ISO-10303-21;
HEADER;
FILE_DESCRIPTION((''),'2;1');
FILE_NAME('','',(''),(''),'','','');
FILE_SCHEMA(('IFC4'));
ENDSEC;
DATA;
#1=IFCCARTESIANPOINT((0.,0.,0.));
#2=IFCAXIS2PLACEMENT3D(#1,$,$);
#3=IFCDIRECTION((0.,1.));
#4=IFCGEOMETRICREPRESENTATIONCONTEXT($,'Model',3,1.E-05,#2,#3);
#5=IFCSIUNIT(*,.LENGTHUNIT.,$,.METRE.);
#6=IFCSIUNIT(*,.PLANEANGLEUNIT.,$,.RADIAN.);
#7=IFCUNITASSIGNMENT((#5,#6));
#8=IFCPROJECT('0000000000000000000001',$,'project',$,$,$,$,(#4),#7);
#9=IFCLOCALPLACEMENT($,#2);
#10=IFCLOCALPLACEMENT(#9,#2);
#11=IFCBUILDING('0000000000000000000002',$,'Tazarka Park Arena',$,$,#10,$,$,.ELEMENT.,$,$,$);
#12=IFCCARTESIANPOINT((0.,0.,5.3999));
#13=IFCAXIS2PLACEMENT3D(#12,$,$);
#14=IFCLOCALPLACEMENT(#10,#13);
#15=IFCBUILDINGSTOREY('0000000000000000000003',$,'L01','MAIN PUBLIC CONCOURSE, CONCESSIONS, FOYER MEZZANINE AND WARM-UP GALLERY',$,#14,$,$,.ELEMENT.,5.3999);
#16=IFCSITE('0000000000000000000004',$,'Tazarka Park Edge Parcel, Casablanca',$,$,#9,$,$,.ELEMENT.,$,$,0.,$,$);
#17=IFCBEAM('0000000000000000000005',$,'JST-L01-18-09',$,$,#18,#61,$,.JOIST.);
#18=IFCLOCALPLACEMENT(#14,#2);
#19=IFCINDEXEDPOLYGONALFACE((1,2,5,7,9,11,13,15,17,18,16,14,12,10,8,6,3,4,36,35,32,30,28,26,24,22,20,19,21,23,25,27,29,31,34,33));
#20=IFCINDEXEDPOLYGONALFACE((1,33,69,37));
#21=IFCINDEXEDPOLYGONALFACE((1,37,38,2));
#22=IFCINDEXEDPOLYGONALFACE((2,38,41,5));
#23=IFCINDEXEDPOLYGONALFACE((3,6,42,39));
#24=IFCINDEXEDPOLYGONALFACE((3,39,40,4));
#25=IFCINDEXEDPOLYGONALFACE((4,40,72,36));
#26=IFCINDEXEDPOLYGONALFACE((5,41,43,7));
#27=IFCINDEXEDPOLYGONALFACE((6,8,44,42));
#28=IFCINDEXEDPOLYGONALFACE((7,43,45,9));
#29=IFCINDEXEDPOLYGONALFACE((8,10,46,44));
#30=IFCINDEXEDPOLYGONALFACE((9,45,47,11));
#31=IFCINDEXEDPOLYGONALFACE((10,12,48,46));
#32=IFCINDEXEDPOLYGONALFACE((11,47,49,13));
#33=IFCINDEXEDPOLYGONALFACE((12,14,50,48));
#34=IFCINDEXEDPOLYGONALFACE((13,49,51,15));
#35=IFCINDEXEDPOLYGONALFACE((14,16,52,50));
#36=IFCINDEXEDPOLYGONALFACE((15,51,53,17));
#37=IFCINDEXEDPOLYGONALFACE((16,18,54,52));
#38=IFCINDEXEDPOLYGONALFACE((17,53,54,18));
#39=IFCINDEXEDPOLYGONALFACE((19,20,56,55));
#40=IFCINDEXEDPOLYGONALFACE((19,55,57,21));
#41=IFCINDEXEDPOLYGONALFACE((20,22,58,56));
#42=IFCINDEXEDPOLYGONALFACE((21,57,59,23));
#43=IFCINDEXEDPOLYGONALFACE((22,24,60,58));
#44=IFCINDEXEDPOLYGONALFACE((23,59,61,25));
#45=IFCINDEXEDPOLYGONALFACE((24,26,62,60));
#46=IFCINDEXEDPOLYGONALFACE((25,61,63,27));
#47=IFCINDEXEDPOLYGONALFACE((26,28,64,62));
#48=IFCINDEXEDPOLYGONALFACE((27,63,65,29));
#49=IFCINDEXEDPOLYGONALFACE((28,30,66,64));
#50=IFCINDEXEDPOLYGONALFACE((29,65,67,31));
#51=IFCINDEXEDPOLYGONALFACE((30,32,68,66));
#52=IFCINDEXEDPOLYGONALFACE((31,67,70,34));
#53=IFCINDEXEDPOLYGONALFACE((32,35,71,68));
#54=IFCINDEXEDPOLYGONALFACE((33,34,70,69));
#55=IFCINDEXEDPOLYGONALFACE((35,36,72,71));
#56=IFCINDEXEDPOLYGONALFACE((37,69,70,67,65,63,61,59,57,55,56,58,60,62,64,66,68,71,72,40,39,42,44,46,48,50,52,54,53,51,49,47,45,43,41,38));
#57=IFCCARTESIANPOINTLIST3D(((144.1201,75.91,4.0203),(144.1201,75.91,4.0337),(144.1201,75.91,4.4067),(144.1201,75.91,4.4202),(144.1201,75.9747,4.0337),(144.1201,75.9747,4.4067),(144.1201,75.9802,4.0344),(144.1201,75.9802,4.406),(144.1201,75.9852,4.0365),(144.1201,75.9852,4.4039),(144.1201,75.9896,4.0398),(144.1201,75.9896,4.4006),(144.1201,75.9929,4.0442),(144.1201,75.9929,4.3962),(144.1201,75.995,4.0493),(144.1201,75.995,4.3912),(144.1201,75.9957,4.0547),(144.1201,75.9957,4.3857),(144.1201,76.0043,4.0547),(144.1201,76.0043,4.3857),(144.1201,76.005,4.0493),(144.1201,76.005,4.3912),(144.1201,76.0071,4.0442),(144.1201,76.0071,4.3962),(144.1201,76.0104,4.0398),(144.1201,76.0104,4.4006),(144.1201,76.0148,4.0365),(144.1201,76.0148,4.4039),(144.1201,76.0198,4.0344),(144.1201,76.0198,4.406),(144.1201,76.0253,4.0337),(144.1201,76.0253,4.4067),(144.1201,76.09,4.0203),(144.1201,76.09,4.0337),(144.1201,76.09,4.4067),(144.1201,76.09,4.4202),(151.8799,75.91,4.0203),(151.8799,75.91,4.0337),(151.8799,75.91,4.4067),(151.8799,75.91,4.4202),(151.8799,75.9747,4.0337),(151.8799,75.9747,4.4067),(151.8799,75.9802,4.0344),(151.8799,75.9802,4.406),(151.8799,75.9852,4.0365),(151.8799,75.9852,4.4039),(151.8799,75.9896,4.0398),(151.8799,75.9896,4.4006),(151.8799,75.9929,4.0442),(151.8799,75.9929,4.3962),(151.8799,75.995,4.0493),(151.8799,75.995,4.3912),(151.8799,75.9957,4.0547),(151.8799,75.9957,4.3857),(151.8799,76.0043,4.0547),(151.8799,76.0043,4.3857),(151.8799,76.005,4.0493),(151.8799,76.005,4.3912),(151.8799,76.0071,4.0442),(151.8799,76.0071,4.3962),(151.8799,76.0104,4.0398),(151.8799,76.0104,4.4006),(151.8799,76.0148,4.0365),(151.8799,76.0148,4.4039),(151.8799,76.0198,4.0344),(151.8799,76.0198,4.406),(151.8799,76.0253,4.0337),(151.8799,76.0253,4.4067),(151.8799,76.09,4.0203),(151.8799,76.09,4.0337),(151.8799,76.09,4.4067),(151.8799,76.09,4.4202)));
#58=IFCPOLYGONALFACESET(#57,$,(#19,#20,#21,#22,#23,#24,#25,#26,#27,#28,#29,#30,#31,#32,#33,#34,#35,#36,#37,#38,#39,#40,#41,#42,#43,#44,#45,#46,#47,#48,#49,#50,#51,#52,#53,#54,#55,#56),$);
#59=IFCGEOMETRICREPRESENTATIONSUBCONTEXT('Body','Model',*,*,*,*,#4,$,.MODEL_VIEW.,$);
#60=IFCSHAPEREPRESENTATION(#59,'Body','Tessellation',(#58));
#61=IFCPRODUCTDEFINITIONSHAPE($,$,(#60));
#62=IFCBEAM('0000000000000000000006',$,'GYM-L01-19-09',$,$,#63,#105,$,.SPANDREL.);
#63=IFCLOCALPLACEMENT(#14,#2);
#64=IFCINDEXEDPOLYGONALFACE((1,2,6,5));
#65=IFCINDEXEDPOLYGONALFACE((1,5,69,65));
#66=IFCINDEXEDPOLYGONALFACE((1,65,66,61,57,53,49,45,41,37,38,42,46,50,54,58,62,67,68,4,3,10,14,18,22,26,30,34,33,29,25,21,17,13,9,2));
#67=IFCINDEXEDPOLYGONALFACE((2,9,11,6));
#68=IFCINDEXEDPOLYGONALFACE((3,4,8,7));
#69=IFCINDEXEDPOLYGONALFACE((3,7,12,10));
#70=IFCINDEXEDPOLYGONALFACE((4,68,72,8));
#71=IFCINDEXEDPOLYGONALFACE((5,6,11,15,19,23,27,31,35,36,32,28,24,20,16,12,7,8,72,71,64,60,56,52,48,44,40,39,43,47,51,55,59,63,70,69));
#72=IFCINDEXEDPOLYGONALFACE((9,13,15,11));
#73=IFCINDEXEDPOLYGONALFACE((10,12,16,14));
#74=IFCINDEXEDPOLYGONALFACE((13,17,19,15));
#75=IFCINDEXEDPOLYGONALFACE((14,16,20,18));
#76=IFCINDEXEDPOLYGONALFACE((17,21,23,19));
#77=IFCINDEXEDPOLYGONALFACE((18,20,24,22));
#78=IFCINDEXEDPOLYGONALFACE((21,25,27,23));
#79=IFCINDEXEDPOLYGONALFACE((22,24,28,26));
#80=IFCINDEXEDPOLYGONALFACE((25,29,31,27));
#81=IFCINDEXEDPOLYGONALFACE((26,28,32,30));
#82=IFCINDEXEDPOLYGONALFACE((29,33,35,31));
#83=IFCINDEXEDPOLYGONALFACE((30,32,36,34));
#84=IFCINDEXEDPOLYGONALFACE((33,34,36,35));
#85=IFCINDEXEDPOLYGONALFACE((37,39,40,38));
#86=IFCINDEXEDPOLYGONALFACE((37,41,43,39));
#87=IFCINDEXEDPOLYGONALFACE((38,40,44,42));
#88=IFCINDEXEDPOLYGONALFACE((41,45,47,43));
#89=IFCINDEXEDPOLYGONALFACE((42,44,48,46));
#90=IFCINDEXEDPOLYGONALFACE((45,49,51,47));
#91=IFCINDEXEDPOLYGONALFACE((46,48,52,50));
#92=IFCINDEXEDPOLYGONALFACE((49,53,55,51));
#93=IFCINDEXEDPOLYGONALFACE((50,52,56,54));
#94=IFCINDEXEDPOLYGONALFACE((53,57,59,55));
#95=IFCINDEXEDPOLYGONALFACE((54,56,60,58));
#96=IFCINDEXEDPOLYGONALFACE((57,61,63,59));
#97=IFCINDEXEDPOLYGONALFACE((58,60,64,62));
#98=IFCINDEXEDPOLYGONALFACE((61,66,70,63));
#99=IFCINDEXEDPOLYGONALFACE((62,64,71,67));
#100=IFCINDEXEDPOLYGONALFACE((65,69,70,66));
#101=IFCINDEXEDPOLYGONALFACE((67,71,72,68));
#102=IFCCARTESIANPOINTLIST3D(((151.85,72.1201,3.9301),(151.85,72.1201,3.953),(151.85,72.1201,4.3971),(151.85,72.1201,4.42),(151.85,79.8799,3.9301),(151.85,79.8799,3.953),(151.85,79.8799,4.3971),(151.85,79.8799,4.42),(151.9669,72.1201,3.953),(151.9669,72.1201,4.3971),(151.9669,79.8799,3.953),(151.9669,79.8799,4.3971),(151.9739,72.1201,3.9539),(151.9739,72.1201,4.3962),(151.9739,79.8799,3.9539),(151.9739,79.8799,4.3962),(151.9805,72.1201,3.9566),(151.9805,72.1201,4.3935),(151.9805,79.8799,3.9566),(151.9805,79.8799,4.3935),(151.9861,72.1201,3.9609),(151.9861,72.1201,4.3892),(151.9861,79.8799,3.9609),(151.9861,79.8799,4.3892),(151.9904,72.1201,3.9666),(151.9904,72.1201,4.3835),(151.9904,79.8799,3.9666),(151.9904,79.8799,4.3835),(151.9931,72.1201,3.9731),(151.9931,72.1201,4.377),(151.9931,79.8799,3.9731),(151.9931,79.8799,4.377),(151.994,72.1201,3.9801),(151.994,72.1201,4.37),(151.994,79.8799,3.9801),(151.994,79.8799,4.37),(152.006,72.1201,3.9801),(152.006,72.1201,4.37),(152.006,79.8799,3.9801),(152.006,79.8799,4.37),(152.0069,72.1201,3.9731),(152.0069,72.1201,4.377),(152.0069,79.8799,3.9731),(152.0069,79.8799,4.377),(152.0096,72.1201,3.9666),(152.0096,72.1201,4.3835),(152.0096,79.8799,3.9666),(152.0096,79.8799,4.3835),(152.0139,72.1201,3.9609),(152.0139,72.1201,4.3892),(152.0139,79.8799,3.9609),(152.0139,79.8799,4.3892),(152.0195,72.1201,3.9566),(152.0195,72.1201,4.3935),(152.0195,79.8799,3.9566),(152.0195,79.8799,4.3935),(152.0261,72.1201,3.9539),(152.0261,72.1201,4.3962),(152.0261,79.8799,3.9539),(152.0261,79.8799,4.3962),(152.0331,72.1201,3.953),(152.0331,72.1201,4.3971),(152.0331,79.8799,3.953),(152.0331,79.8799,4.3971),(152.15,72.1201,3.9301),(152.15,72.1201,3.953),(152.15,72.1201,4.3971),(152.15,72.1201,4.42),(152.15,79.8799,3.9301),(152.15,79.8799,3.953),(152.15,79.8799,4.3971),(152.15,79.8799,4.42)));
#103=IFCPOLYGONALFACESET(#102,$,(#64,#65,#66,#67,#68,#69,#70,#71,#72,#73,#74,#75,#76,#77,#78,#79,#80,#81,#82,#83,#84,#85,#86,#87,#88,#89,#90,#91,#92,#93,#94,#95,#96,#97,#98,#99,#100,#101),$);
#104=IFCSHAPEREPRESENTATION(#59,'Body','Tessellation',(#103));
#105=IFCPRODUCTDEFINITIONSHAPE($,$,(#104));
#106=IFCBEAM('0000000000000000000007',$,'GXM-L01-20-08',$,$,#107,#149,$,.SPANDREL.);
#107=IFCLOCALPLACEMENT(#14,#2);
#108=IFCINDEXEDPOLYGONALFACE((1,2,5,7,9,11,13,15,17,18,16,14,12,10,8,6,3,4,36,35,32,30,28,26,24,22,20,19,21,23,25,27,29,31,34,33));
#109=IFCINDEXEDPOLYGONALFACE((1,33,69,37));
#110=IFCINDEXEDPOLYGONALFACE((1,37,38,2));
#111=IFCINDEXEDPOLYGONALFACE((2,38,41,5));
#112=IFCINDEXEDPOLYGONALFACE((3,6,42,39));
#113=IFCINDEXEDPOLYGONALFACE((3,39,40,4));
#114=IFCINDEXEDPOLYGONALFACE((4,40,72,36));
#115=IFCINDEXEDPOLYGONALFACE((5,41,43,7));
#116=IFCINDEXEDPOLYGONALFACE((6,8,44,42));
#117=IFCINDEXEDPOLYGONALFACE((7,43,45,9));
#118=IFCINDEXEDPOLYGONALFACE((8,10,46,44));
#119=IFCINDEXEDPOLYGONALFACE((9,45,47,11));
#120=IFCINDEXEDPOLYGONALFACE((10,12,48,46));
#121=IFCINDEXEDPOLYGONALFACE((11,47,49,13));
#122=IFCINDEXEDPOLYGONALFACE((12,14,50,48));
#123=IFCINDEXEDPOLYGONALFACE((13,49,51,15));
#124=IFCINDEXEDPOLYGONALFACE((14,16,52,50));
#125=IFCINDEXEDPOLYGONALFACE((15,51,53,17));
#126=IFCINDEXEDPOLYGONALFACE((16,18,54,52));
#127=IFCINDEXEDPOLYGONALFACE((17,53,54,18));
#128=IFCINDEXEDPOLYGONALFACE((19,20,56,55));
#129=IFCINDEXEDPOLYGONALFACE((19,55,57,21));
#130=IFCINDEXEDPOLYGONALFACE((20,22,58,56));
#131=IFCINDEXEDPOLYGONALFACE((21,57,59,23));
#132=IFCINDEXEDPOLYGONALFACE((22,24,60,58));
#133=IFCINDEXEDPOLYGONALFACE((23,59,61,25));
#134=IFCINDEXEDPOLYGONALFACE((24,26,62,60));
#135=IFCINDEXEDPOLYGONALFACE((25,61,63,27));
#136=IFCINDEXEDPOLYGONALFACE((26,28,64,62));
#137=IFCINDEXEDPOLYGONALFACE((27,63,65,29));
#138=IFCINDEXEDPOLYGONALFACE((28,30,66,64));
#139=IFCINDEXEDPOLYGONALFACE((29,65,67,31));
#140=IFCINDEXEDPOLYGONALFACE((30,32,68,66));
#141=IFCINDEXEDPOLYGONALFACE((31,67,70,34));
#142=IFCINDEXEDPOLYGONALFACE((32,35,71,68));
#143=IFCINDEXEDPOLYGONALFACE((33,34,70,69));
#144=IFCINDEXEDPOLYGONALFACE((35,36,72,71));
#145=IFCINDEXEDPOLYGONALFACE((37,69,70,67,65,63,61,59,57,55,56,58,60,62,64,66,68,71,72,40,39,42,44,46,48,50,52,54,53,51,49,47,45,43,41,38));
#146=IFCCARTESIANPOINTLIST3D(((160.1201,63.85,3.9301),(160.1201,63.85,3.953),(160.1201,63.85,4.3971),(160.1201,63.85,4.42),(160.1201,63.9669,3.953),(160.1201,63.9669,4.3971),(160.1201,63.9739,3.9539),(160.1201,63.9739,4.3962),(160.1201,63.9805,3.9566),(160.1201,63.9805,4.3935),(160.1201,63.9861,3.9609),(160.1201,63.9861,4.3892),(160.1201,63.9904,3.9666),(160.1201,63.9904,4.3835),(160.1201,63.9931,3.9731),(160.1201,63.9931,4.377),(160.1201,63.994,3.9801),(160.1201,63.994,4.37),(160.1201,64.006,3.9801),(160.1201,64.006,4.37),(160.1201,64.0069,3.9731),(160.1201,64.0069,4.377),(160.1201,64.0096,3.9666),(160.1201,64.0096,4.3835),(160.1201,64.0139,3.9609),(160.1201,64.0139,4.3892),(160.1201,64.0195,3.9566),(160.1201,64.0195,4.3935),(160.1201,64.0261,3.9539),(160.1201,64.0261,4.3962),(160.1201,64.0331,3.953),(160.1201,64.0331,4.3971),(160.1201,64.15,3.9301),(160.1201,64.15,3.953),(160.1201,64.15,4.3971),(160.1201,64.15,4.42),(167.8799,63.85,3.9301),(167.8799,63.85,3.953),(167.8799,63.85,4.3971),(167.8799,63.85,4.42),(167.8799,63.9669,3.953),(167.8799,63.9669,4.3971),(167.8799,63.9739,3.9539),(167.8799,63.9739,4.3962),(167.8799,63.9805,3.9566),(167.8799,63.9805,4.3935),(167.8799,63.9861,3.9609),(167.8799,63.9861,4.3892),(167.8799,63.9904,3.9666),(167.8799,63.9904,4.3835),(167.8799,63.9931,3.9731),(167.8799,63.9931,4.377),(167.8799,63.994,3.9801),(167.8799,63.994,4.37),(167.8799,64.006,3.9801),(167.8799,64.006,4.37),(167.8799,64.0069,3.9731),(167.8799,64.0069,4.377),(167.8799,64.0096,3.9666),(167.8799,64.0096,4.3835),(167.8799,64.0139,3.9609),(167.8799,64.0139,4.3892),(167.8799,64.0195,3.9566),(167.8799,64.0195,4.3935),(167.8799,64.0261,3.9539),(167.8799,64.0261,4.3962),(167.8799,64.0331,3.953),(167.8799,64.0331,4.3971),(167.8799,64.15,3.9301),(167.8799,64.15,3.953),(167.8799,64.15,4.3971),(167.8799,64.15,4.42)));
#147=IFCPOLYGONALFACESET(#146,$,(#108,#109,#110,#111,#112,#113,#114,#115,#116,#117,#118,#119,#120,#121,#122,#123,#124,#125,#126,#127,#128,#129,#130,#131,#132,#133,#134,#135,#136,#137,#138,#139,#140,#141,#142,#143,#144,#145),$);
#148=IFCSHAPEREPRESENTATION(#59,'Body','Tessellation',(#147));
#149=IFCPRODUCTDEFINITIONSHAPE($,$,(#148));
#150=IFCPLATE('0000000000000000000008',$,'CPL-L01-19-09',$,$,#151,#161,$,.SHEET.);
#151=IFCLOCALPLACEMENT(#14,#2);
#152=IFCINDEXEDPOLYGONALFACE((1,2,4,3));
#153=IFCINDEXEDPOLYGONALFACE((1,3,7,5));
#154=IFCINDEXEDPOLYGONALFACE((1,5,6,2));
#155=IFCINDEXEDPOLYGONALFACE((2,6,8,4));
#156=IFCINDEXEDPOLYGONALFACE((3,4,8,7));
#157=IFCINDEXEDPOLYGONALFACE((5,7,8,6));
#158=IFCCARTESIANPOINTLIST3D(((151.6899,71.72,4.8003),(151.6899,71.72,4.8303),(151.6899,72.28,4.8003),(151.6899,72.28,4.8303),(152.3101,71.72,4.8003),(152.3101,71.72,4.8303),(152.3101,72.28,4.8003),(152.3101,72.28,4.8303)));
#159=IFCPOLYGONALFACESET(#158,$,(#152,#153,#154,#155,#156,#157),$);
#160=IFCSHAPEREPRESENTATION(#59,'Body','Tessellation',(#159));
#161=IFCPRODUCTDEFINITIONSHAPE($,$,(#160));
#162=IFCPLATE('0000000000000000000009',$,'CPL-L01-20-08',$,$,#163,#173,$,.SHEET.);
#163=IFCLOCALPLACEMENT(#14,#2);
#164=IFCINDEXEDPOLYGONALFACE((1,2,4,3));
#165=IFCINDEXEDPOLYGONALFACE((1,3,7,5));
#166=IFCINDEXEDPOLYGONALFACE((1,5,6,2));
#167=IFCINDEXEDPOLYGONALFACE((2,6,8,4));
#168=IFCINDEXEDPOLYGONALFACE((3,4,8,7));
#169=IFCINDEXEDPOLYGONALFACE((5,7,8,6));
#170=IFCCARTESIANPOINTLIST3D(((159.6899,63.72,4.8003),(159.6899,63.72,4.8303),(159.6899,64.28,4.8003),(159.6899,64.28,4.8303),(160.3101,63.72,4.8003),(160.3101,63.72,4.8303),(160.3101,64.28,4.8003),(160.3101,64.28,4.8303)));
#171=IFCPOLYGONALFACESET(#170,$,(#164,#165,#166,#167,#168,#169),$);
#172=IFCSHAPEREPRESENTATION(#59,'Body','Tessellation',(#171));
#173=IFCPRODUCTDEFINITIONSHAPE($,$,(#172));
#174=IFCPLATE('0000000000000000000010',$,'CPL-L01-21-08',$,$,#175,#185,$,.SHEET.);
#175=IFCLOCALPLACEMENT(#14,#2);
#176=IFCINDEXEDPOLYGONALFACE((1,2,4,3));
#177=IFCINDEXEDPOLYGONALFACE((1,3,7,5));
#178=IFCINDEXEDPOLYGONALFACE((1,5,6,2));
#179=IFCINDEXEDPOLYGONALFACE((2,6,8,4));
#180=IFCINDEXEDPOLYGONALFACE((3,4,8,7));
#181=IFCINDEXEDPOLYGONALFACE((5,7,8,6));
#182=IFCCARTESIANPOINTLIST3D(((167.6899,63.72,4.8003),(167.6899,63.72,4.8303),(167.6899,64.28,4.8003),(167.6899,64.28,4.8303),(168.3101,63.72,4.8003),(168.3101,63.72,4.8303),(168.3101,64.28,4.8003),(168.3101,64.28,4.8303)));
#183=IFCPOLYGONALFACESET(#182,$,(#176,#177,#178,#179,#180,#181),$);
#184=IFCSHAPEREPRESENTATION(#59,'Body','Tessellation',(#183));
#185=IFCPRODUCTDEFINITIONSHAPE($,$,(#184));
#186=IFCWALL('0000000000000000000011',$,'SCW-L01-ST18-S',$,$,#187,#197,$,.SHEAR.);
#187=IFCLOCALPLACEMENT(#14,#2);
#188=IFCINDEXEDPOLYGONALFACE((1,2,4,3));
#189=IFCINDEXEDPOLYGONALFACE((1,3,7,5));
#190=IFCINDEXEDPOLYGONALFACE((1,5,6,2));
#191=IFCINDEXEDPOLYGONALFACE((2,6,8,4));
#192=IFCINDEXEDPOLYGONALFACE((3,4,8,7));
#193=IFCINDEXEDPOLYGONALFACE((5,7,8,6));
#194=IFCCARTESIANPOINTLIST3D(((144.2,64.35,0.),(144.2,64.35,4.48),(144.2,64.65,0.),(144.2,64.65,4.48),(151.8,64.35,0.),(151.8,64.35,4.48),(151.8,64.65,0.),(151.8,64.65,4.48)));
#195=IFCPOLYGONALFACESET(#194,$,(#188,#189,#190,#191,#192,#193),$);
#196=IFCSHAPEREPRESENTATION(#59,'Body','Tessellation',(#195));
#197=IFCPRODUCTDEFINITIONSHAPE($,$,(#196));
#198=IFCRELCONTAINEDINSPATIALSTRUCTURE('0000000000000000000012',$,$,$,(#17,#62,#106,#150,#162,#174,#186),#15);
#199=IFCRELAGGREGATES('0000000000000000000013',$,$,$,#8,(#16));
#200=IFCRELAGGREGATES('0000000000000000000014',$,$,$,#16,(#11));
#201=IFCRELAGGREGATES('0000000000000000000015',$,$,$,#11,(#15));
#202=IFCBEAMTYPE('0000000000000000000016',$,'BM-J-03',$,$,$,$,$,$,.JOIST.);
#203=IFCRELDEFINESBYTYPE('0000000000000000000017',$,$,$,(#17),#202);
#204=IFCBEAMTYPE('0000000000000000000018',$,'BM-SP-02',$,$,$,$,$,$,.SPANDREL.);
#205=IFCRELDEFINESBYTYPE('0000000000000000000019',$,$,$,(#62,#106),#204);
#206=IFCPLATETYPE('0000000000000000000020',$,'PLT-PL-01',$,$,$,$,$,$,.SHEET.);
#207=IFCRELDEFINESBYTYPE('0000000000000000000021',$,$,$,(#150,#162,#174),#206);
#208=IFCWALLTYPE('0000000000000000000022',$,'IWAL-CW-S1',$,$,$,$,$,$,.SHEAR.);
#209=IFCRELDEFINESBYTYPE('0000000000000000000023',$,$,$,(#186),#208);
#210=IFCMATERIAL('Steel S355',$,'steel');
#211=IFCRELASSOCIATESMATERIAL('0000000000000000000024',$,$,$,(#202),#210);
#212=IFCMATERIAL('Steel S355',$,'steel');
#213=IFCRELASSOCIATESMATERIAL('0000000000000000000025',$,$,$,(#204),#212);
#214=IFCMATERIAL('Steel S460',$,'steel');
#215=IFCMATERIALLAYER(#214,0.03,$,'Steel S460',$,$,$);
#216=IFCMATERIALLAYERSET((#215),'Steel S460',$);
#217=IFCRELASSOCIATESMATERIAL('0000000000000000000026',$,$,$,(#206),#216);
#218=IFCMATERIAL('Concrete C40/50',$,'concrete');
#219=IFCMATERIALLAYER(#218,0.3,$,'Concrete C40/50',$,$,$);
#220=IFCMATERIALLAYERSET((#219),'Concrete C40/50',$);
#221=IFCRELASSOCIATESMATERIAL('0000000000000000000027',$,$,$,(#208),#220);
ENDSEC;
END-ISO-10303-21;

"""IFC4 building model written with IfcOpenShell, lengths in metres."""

from ifc_helpers import new_model, si_unit, direction, frame, frame_2d, origin, origin_2d, place, context, subcontext, project, spatial, rectangle, i_section, extrude, material, layer, layer_set, material_profile, profile_set, type_object, element, save


model = new_model("IFC4")

# Units and contexts
model_context = context("Model", 3, precision=1e-05, world=origin(), true_north=direction((0.0, 1.0)))
body_context = subcontext(model_context, "Body", "Model", "MODEL_VIEW")
ifc_project = project(units=[si_unit("LENGTHUNIT", "METRE"), si_unit("PLANEANGLEUNIT", "RADIAN")], contexts=[model_context])

# Site, building, storey
site_placement = place(None, origin())
site = spatial("IfcSite", under=ifc_project, at=site_placement, Name="Tazarka Park Edge Parcel, Casablanca", CompositionType="ELEMENT", RefElevation=0.0)
building_placement = place(site_placement, origin())
building = spatial("IfcBuilding", under=site, at=building_placement, Name="Tazarka Park Arena", CompositionType="ELEMENT")
storey_placement = place(building_placement, frame((0.0, 0.0, 5.3999)))
storey = spatial("IfcBuildingStorey", under=building, at=storey_placement, Name="L01", Description="MAIN PUBLIC CONCOURSE, CONCESSIONS, FOYER MEZZANINE AND WARM-UP GALLERY", CompositionType="ELEMENT", Elevation=5.3999)

# Beams
ifc_material_1 = material(Name="Steel S355", Category="steel")
ifc_material_profile_1 = material_profile(ifc_material_1, i_section(OverallWidth=0.1799, OverallDepth=0.3999, WebThickness=0.0085, FlangeThickness=0.0134, FilletRadius=0.021, at=origin_2d()), Name="Steel S355")
ifc_profile_set_1 = profile_set([ifc_material_profile_1], Name="Steel S355")
beam_type_1 = type_object("IfcBeamType", Name="BM-J-03", PredefinedType="JOIST", material=ifc_profile_set_1)
beam_1_placement = place(storey_placement, frame((144.1201, 76.0, 4.2202), z_axis=(1.0, 0.0, 0.0), x_axis=(0.0, 1.0, 0.0)))
element("IfcBeam", 1, at=beam_1_placement, inside=storey, type_object=beam_type_1, Name="JST-L01-18-09", PredefinedType="JOIST", context=body_context, shape_type="SweptSolid", body=[
    extrude(i_section(OverallWidth=0.1799, OverallDepth=0.3999, WebThickness=0.0085, FlangeThickness=0.0134, FilletRadius=0.021, at=origin_2d()), origin(), (0.0, 0.0, 1.0), 7.7598),
])
ifc_material_2 = material(Name="Steel S355", Category="steel")
ifc_material_profile_2 = material_profile(ifc_material_2, i_section(OverallWidth=0.3, OverallDepth=0.49, WebThickness=0.012, FlangeThickness=0.0229, FilletRadius=0.0271, at=origin_2d()), Name="Steel S355")
ifc_profile_set_2 = profile_set([ifc_material_profile_2], Name="Steel S355")
beam_type_2 = type_object("IfcBeamType", Name="BM-SP-02", PredefinedType="SPANDREL", material=ifc_profile_set_2)
for number, where, z_axis, x_axis, name in (
    (2, (152.0, 72.1201, 4.175), (0.0, 1.0, 0.0), (-1.0, 0.0, 0.0), "GYM-L01-19-09"),
    (3, (160.1201, 64.0, 4.175), (1.0, 0.0, 0.0), (0.0, 1.0, 0.0), "GXM-L01-20-08"),
):
    element("IfcBeam", number, at=place(storey_placement, frame(where, z_axis=z_axis, x_axis=x_axis)), inside=storey, type_object=beam_type_2, Name=name, PredefinedType="SPANDREL", context=body_context, shape_type="SweptSolid", body=[
        extrude(i_section(OverallWidth=0.3, OverallDepth=0.49, WebThickness=0.012, FlangeThickness=0.0229, FilletRadius=0.0271, at=origin_2d()), origin(), (0.0, 0.0, 1.0), 7.7598),
    ])

# Plates
ifc_material_3 = material(Name="Steel S460", Category="steel")
ifc_layer_1 = layer(ifc_material_3, 0.03, Name="Steel S460")
ifc_layer_set_1 = layer_set([ifc_layer_1], Name="Steel S460")
plate_type = type_object("IfcPlateType", Name="PLT-PL-01", PredefinedType="SHEET", material=ifc_layer_set_1)
for number, where, z_axis, x_axis, name in (
    (4, (152.0, 72.0, 4.8003), (0.0, 0.0, 1.0), (1.0, 0.0, 0.0), "CPL-L01-19-09"),
    (5, (160.0, 64.0, 4.8003), (0.0, 0.0, 1.0), (1.0, 0.0, 0.0), "CPL-L01-20-08"),
    (6, (168.0, 64.0, 4.8003), (0.0, 0.0, 1.0), (1.0, 0.0, 0.0), "CPL-L01-21-08"),
):
    element("IfcPlate", number, at=place(storey_placement, frame(where, z_axis=z_axis, x_axis=x_axis)), inside=storey, type_object=plate_type, Name=name, PredefinedType="SHEET", context=body_context, shape_type="SweptSolid", body=[
        extrude(rectangle(XDim=0.6201, YDim=0.5601, at=origin_2d()), origin(), (0.0, 0.0, 1.0), 0.03),
    ])

# Wall
ifc_material_4 = material(Name="Concrete C40/50", Category="concrete")
ifc_layer_2 = layer(ifc_material_4, 0.3, Name="Concrete C40/50")
ifc_layer_set_2 = layer_set([ifc_layer_2], Name="Concrete C40/50")
wall_type = type_object("IfcWallType", Name="IWAL-CW-S1", PredefinedType="SHEAR", material=ifc_layer_set_2)
wall_1_placement = place(storey_placement, frame((151.8, 64.5, 0.0), z_axis=(0.0, 0.0, 1.0), x_axis=(-1.0, 0.0, 0.0)))
element("IfcWall", 7, at=wall_1_placement, inside=storey, type_object=wall_type, Name="SCW-L01-ST18-S", PredefinedType="SHEAR", context=body_context, shape_type="SweptSolid", body=[
    extrude(rectangle(XDim=7.6001, YDim=0.3, at=frame_2d((3.8, 0.0))), origin(), (0.0, 0.0, 1.0), 4.48),
])

save(model, "model.ifc")
